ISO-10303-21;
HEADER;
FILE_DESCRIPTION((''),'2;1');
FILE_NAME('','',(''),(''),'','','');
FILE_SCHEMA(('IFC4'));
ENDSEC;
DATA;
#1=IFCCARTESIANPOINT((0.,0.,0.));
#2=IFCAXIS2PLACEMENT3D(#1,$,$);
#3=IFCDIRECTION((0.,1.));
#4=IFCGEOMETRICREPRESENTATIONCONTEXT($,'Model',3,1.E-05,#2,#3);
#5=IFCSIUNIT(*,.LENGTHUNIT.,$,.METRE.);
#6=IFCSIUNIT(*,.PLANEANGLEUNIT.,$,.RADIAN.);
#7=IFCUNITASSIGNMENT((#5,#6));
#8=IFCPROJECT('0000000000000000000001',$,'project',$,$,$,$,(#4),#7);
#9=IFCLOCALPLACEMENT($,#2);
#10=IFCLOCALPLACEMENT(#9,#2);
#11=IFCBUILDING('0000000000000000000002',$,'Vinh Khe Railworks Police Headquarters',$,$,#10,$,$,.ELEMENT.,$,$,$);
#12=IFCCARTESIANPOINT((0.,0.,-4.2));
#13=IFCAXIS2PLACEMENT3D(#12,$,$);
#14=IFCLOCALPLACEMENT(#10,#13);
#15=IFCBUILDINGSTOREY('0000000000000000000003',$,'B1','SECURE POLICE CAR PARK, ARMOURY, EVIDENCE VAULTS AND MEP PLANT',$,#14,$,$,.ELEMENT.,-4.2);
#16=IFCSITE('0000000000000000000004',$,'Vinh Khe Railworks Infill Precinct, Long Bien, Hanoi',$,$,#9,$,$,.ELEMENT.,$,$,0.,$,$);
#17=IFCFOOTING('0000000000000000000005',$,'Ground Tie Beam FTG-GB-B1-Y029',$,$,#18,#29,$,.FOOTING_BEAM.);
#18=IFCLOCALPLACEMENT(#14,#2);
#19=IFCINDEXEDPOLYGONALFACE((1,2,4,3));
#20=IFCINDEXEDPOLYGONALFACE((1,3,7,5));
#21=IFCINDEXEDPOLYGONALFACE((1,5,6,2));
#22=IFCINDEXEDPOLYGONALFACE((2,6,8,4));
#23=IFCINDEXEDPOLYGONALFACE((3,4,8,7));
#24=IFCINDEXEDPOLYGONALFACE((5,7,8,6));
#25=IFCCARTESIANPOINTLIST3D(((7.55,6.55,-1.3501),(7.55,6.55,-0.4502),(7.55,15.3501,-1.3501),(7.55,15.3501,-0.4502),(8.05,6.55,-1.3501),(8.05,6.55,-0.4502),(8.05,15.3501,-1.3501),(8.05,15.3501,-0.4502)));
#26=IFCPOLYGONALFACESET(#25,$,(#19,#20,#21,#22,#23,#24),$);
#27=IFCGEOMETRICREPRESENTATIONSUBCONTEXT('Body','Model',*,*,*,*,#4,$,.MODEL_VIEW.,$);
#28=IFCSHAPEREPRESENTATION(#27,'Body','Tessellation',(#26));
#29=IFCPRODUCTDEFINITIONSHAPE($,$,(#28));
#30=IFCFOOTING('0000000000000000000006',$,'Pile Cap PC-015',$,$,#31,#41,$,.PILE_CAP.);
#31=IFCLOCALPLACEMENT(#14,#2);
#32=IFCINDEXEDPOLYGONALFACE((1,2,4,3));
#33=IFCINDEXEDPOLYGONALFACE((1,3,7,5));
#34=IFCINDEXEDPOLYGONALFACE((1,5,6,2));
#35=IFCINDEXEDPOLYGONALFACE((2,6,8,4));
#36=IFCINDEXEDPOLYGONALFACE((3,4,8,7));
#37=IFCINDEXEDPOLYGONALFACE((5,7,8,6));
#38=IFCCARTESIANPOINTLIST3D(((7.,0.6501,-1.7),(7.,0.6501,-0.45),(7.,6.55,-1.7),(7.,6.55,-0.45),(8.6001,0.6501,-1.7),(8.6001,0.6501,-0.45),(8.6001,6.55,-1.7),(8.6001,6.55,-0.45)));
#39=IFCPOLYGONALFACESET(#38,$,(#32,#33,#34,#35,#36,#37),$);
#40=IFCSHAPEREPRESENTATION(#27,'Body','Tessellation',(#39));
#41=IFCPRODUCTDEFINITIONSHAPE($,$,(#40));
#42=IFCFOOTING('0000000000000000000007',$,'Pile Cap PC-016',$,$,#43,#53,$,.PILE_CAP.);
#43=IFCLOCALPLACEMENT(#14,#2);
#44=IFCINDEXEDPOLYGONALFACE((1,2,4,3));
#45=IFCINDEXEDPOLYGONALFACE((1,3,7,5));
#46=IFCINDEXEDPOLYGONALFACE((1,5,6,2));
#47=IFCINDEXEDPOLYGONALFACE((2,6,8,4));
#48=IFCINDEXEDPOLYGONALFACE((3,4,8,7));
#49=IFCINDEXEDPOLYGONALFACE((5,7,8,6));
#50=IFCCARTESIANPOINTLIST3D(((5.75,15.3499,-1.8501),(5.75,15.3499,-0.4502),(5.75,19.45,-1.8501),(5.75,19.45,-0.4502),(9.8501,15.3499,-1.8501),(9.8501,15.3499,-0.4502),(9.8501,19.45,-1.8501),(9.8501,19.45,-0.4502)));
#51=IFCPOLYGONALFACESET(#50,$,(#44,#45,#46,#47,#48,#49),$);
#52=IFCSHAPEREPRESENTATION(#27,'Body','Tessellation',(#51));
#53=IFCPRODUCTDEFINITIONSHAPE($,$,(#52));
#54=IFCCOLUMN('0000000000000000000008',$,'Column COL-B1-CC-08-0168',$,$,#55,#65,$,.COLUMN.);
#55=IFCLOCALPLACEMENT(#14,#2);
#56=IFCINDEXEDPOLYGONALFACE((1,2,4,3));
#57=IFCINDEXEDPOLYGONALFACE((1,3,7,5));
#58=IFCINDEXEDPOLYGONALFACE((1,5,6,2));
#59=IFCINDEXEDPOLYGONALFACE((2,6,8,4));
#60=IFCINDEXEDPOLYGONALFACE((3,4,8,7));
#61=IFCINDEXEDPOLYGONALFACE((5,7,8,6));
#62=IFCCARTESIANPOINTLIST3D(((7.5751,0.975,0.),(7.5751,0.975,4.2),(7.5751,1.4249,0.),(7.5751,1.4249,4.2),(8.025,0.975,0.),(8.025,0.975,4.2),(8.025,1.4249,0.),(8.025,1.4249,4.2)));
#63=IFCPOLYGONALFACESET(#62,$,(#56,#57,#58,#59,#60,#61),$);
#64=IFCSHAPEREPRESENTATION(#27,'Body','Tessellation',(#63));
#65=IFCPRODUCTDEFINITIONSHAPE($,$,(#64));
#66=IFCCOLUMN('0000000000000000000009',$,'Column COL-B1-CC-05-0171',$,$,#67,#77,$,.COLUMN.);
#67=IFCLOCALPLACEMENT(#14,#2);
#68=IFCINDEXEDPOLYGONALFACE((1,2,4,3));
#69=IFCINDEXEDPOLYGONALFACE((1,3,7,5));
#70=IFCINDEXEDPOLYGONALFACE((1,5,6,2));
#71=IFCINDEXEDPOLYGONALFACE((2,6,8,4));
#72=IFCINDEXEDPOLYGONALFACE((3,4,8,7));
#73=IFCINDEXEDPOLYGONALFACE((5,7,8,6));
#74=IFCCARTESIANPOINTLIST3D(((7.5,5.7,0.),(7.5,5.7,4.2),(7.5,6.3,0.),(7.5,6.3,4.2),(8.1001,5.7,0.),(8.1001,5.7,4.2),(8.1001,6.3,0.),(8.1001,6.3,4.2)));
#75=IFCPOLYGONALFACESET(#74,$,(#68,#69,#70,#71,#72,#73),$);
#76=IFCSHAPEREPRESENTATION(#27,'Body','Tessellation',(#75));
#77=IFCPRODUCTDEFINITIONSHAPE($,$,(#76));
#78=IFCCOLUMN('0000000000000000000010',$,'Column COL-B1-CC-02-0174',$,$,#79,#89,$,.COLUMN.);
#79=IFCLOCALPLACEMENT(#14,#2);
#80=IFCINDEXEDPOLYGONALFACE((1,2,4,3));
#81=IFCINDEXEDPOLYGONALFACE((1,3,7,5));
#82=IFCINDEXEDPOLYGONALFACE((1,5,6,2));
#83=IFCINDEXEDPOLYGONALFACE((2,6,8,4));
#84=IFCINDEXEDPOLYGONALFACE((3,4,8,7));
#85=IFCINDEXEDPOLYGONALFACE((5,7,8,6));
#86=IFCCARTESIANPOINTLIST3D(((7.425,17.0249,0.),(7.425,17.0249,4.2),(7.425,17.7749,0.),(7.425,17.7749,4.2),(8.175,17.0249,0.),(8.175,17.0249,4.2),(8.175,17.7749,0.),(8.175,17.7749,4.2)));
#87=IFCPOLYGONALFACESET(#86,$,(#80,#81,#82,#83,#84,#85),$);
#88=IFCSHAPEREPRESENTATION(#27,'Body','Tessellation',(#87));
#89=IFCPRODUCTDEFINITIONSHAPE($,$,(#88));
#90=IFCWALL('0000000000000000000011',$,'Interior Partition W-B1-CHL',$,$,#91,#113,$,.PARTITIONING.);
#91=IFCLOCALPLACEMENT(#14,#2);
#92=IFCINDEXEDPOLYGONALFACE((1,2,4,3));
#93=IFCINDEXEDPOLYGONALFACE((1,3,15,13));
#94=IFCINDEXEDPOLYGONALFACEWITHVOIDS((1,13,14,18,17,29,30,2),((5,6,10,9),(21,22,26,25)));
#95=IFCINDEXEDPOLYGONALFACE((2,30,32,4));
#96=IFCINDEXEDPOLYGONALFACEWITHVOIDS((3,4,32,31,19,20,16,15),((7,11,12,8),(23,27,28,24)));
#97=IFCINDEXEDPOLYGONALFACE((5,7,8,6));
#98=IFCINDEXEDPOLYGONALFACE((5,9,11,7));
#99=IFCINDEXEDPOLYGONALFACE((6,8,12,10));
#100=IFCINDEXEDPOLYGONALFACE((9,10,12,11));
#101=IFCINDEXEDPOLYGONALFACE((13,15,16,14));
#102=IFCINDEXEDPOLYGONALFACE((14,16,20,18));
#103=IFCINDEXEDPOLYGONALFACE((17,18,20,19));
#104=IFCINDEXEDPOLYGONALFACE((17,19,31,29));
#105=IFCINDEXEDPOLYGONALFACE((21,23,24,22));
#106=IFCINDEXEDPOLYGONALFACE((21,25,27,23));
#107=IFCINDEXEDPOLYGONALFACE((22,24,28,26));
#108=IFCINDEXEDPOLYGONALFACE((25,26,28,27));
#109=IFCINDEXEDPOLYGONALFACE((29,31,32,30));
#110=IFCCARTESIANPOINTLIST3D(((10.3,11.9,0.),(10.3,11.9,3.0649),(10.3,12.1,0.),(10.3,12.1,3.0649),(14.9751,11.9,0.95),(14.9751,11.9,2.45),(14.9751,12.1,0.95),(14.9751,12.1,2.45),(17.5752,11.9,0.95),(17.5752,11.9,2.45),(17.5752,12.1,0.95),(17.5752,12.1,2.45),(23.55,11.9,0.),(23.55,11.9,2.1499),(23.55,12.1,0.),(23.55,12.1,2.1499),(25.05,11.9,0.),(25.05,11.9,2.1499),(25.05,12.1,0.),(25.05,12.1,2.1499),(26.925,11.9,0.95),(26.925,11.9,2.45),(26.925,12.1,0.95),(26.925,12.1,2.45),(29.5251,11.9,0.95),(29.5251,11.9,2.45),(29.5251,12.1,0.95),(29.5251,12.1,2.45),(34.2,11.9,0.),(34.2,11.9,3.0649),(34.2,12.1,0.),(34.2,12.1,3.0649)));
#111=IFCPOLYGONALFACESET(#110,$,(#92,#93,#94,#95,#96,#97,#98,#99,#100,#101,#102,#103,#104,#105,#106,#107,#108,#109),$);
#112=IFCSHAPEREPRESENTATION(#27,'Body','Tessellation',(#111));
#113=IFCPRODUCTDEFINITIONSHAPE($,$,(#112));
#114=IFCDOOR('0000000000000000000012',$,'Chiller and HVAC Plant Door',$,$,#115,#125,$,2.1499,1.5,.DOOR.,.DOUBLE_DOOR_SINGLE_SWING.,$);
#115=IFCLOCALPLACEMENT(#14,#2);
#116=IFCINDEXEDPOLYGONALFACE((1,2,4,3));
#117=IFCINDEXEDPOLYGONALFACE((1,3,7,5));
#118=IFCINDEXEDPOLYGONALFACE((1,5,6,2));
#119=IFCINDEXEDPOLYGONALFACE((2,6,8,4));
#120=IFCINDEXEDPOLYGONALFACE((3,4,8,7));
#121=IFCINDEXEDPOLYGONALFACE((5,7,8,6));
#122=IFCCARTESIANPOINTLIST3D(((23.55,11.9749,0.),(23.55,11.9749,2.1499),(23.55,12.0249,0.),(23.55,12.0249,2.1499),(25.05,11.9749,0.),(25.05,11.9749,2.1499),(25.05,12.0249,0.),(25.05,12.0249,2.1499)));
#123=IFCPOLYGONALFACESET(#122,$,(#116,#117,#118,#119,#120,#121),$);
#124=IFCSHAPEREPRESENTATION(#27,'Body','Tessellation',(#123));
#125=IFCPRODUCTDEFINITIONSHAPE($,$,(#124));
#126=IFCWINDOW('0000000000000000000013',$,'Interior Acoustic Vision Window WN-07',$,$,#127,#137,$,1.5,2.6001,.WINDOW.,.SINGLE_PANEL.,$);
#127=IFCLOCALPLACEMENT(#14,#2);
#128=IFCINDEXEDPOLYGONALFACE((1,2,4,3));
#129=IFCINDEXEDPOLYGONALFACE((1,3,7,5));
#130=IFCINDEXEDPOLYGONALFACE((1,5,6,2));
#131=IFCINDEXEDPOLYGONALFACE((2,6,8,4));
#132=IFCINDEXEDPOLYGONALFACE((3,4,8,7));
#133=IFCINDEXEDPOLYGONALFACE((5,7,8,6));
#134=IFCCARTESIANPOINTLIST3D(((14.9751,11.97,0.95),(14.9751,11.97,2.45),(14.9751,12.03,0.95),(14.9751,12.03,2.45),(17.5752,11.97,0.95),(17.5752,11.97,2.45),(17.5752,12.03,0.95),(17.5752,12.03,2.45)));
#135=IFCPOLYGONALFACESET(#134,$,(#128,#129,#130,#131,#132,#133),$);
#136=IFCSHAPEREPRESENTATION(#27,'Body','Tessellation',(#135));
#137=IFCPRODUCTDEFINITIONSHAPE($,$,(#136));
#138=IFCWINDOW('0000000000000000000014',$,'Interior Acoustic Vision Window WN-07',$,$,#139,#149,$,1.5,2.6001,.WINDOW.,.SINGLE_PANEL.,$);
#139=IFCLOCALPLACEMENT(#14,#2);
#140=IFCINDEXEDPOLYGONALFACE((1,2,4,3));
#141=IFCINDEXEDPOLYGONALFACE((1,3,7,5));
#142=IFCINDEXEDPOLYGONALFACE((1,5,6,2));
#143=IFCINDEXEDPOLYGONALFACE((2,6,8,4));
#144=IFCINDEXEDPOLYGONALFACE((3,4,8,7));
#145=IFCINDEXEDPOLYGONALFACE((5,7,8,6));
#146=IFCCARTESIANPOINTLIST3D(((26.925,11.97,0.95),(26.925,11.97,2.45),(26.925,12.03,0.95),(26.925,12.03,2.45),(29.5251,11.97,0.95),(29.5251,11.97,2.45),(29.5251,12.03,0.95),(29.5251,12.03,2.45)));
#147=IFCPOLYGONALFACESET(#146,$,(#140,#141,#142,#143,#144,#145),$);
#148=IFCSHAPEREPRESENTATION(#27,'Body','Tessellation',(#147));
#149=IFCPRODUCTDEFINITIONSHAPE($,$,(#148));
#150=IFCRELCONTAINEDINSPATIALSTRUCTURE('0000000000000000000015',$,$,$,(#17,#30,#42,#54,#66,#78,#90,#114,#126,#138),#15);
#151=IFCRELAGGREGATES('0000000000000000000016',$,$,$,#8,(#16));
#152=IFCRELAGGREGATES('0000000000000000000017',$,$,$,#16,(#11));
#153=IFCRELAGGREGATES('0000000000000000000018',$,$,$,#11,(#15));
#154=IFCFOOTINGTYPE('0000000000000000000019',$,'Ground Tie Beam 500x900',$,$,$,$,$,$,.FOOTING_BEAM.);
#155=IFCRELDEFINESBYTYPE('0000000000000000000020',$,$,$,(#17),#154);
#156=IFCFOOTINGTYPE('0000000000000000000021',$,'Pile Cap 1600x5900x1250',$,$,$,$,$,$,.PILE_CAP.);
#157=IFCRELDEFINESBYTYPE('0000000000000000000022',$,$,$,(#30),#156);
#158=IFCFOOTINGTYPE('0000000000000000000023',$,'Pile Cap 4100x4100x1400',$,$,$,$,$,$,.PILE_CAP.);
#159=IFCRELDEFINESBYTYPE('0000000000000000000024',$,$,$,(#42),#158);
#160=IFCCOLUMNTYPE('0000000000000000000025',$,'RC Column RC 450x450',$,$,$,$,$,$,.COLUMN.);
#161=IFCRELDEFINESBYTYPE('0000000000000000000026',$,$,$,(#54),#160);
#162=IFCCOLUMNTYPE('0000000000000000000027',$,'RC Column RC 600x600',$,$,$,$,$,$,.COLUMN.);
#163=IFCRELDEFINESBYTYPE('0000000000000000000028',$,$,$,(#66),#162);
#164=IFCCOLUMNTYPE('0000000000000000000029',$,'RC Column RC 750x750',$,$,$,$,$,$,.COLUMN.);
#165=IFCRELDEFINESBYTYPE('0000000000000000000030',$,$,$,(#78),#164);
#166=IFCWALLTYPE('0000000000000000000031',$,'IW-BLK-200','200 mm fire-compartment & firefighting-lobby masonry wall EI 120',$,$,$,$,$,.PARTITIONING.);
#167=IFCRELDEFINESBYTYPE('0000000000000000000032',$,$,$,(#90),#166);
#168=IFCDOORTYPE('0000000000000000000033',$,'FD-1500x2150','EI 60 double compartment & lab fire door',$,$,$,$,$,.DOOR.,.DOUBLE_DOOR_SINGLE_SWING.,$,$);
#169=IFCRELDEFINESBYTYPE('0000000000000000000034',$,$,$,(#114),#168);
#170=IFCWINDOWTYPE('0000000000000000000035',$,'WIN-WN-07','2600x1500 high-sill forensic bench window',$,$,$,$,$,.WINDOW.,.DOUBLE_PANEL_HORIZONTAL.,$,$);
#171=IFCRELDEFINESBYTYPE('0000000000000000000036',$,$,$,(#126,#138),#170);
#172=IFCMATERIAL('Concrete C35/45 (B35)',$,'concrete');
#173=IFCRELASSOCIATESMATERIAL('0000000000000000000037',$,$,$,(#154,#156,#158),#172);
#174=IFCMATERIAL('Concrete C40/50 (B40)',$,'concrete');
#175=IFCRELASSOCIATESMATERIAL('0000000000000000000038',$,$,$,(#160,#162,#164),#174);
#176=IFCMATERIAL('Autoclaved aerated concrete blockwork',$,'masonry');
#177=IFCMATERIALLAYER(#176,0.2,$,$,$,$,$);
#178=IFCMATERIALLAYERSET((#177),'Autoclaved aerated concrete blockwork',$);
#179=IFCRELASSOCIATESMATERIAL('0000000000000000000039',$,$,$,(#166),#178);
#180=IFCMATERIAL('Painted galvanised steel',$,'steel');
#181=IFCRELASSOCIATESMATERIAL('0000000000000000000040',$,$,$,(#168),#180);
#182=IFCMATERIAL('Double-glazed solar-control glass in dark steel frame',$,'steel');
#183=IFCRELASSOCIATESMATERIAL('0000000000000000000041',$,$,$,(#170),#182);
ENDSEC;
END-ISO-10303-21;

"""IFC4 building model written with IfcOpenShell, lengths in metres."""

from ifc_helpers import new_model, si_unit, direction, frame, frame_2d, origin, origin_2d, place, context, subcontext, project, spatial, rectangle, extrude, material, layer, layer_set, material_profile, profile_set, type_object, element, fill, save


model = new_model("IFC4")

# Units and contexts
model_context = context("Model", 3, precision=1e-05, world=origin(), true_north=direction((0.0, 1.0)))
body_context = subcontext(model_context, "Body", "Model", "MODEL_VIEW")
ifc_project = project(units=[si_unit("LENGTHUNIT", "METRE"), si_unit("PLANEANGLEUNIT", "RADIAN")], contexts=[model_context])

# Site, building, storey
site_placement = place(None, origin())
site = spatial("IfcSite", under=ifc_project, at=site_placement, Name="Vinh Khe Railworks Infill Precinct, Long Bien, Hanoi", CompositionType="ELEMENT", RefElevation=0.0)
building_placement = place(site_placement, origin())
building = spatial("IfcBuilding", under=site, at=building_placement, Name="Vinh Khe Railworks Police Headquarters", CompositionType="ELEMENT")
storey_placement = place(building_placement, frame((0.0, 0.0, -4.2)))
storey = spatial("IfcBuildingStorey", under=building, at=storey_placement, Name="B1", Description="SECURE POLICE CAR PARK, ARMOURY, EVIDENCE VAULTS AND MEP PLANT", CompositionType="ELEMENT", Elevation=-4.2)

# Shared definitions
ifc_material_1 = material(Name="Concrete C35/45 (B35)", Category="concrete")

# Footings
ifc_material_profile_1 = material_profile(ifc_material_1, rectangle(XDim=0.5, YDim=0.8999, at=origin_2d()), Name="RC 500x900")
ifc_profile_set_1 = profile_set([ifc_material_profile_1], Name="Concrete C35/45 (B35)")
footing_type_1 = type_object("IfcFootingType", Name="Ground Tie Beam 500x900", PredefinedType="FOOTING_BEAM", material=ifc_profile_set_1)
footing_1_placement = place(storey_placement, frame((7.8, 6.55, -0.9001), z_axis=(0.0, 1.0, 0.0), x_axis=(-1.0, 0.0, 0.0)))
element("IfcFooting", 1, at=footing_1_placement, inside=storey, type_object=footing_type_1, Name="Ground Tie Beam FTG-GB-B1-Y029", PredefinedType="FOOTING_BEAM", context=body_context, shape_type="SweptSolid", body=[
    extrude(rectangle(XDim=0.5, YDim=0.8999, at=origin_2d()), origin(), (0.0, 0.0, 1.0), 8.8),
])
footing_type_2 = type_object("IfcFootingType", Name="Pile Cap 1600x5900x1250", PredefinedType="PILE_CAP", material=ifc_material_1)
footing_2_placement = place(storey_placement, frame((7.8, 3.6001, -1.7), z_axis=(0.0, 0.0, 1.0), x_axis=(1.0, 0.0, 0.0)))
element("IfcFooting", 2, at=footing_2_placement, inside=storey, type_object=footing_type_2, Name="Pile Cap PC-015", PredefinedType="PILE_CAP", context=body_context, shape_type="SweptSolid", body=[
    extrude(rectangle(XDim=1.6001, YDim=5.8999, at=origin_2d()), origin(), (0.0, 0.0, 1.0), 1.25),
])
footing_type_3 = type_object("IfcFootingType", Name="Pile Cap 4100x4100x1400", PredefinedType="PILE_CAP", material=ifc_material_1)
footing_3_placement = place(storey_placement, frame((7.8, 17.3999, -1.8501), z_axis=(0.0, 0.0, 1.0), x_axis=(1.0, 0.0, 0.0)))
element("IfcFooting", 3, at=footing_3_placement, inside=storey, type_object=footing_type_3, Name="Pile Cap PC-016", PredefinedType="PILE_CAP", context=body_context, shape_type="SweptSolid", body=[
    extrude(rectangle(XDim=4.1001, YDim=4.1001, at=origin_2d()), origin(), (0.0, 0.0, 1.0), 1.3999),
])

# Columns
ifc_material_2 = material(Name="Concrete C40/50 (B40)", Category="concrete")
ifc_material_profile_2 = material_profile(ifc_material_2, rectangle(XDim=0.45, YDim=0.45, at=origin_2d()), Name="RC 450x450")
ifc_profile_set_2 = profile_set([ifc_material_profile_2], Name="Concrete C40/50 (B40)")
column_type_1 = type_object("IfcColumnType", Name="RC Column RC 450x450", PredefinedType="COLUMN", material=ifc_profile_set_2)
column_1_placement = place(storey_placement, frame((7.8, 1.2, 0.0), z_axis=(0.0, 0.0, 1.0), x_axis=(1.0, 0.0, 0.0)))
element("IfcColumn", 4, at=column_1_placement, inside=storey, type_object=column_type_1, Name="Column COL-B1-CC-08-0168", PredefinedType="COLUMN", context=body_context, shape_type="SweptSolid", body=[
    extrude(rectangle(XDim=0.45, YDim=0.45, at=origin_2d()), origin(), (0.0, 0.0, 1.0), 4.2),
])
ifc_material_profile_3 = material_profile(ifc_material_2, rectangle(XDim=0.6001, YDim=0.6001, at=origin_2d()), Name="RC 600x600")
ifc_profile_set_3 = profile_set([ifc_material_profile_3], Name="Concrete C40/50 (B40)")
column_type_2 = type_object("IfcColumnType", Name="RC Column RC 600x600", PredefinedType="COLUMN", material=ifc_profile_set_3)
column_2_placement = place(storey_placement, frame((7.8, 6.0, 0.0), z_axis=(0.0, 0.0, 1.0), x_axis=(1.0, 0.0, 0.0)))
element("IfcColumn", 5, at=column_2_placement, inside=storey, type_object=column_type_2, Name="Column COL-B1-CC-05-0171", PredefinedType="COLUMN", context=body_context, shape_type="SweptSolid", body=[
    extrude(rectangle(XDim=0.6001, YDim=0.6001, at=origin_2d()), origin(), (0.0, 0.0, 1.0), 4.2),
])
ifc_material_profile_4 = material_profile(ifc_material_2, rectangle(XDim=0.75, YDim=0.75, at=origin_2d()), Name="RC 750x750")
ifc_profile_set_4 = profile_set([ifc_material_profile_4], Name="Concrete C40/50 (B40)")
column_type_3 = type_object("IfcColumnType", Name="RC Column RC 750x750", PredefinedType="COLUMN", material=ifc_profile_set_4)
column_3_placement = place(storey_placement, frame((7.8, 17.3999, 0.0), z_axis=(0.0, 0.0, 1.0), x_axis=(1.0, 0.0, 0.0)))
element("IfcColumn", 6, at=column_3_placement, inside=storey, type_object=column_type_3, Name="Column COL-B1-CC-02-0174", PredefinedType="COLUMN", context=body_context, shape_type="SweptSolid", body=[
    extrude(rectangle(XDim=0.75, YDim=0.75, at=origin_2d()), origin(), (0.0, 0.0, 1.0), 4.2),
])

# Wall, openings, door, windows
ifc_material_3 = material(Name="Autoclaved aerated concrete blockwork", Category="masonry")
ifc_layer = layer(ifc_material_3, 0.2)
ifc_layer_set = layer_set([ifc_layer], Name="Autoclaved aerated concrete blockwork")
wall_type = type_object("IfcWallType", Name="IW-BLK-200", Description="200 mm fire-compartment & firefighting-lobby masonry wall EI 120", PredefinedType="PARTITIONING", material=ifc_layer_set)
wall_placement = place(storey_placement, frame((10.3, 12.0, 0.0), z_axis=(0.0, 0.0, 1.0), x_axis=(1.0, 0.0, 0.0)))
wall = element("IfcWall", 7, at=wall_placement, inside=storey, type_object=wall_type, Name="Interior Partition W-B1-CHL", PredefinedType="PARTITIONING", context=body_context, shape_type="SweptSolid", body=[
    extrude(rectangle(XDim=23.8999, YDim=0.2, at=frame_2d((11.95, 0.0))), origin(), (0.0, 0.0, 1.0), 3.0649),
])
opening_1_placement = place(wall_placement, frame((13.25, 0.0, 0.0)))
opening_1 = element("IfcOpeningElement", 8, at=opening_1_placement, cuts=wall, PredefinedType="OPENING", context=body_context, shape_type="SweptSolid", body=[
    extrude(rectangle(XDim=1.5, YDim=2.1499, at=frame_2d((0.75, 1.075))), frame((0.0, 0.1147, 0.0), z_axis=(0.0, -1.0, 0.0), x_axis=(1.0, 0.0, 0.0)), (0.0, 0.0, 1.0), 0.2297),
])
opening_2_placement = place(wall_placement, frame((4.675, 0.0, 0.95)))
opening_2 = element("IfcOpeningElement", 9, at=opening_2_placement, cuts=wall, PredefinedType="OPENING", context=body_context, shape_type="SweptSolid", body=[
    extrude(rectangle(XDim=2.6001, YDim=1.5, at=frame_2d((1.3, 0.75))), frame((0.0, 0.1147, 0.0), z_axis=(0.0, -1.0, 0.0), x_axis=(1.0, 0.0, 0.0)), (0.0, 0.0, 1.0), 0.2297),
])
opening_3_placement = place(wall_placement, frame((16.625, 0.0, 0.95)))
opening_3 = element("IfcOpeningElement", 10, at=opening_3_placement, cuts=wall, PredefinedType="OPENING", context=body_context, shape_type="SweptSolid", body=[
    extrude(rectangle(XDim=2.6001, YDim=1.5, at=frame_2d((1.3, 0.75))), frame((0.0, 0.1147, 0.0), z_axis=(0.0, -1.0, 0.0), x_axis=(1.0, 0.0, 0.0)), (0.0, 0.0, 1.0), 0.2297),
])
ifc_material_4 = material(Name="Painted galvanised steel", Category="steel")
door_type = type_object("IfcDoorType", Name="FD-1500x2150", Description="EI 60 double compartment & lab fire door", OperationType="DOUBLE_DOOR_SINGLE_SWING", PredefinedType="DOOR", material=ifc_material_4)
door_placement = place(opening_1_placement, origin())
door = element("IfcDoor", 11, at=door_placement, inside=storey, type_object=door_type, Name="Chiller and HVAC Plant Door", OperationType="DOUBLE_DOOR_SINGLE_SWING", OverallHeight=2.1499, OverallWidth=1.5, PredefinedType="DOOR", context=body_context, shape_type="SweptSolid", body=[
    extrude(rectangle(XDim=1.5, YDim=2.1499, at=frame_2d((0.75, 1.075))), frame((0.0, 0.0249, 0.0), z_axis=(0.0, -1.0, 0.0), x_axis=(1.0, 0.0, 0.0)), (0.0, 0.0, 1.0), 0.05),
])
fill(opening_1, door)
ifc_material_5 = material(Name="Double-glazed solar-control glass in dark steel frame", Category="steel")
window_type = type_object("IfcWindowType", Name="WIN-WN-07", Description="2600x1500 high-sill forensic bench window", PartitioningType="DOUBLE_PANEL_HORIZONTAL", PredefinedType="WINDOW", material=ifc_material_5)
window_1_placement = place(opening_2_placement, origin())
window_1 = element("IfcWindow", 12, at=window_1_placement, inside=storey, type_object=window_type, Name="Interior Acoustic Vision Window WN-07", OverallHeight=1.5, OverallWidth=2.6001, PartitioningType="SINGLE_PANEL", PredefinedType="WINDOW", context=body_context, shape_type="SweptSolid", body=[
    extrude(rectangle(XDim=2.6001, YDim=1.5, at=frame_2d((1.3, 0.75))), frame((0.0, 0.03, 0.0), z_axis=(0.0, -1.0, 0.0), x_axis=(1.0, 0.0, 0.0)), (0.0, 0.0, 1.0), 0.0601),
])
fill(opening_2, window_1)
window_2_placement = place(opening_3_placement, origin())
window_2 = element("IfcWindow", 13, at=window_2_placement, inside=storey, type_object=window_type, Name="Interior Acoustic Vision Window WN-07", OverallHeight=1.5, OverallWidth=2.6001, PartitioningType="SINGLE_PANEL", PredefinedType="WINDOW", context=body_context, shape_type="SweptSolid", body=[
    extrude(rectangle(XDim=2.6001, YDim=1.5, at=frame_2d((1.3, 0.75))), frame((0.0, 0.03, 0.0), z_axis=(0.0, -1.0, 0.0), x_axis=(1.0, 0.0, 0.0)), (0.0, 0.0, 1.0), 0.0601),
])
fill(opening_3, window_2)

save(model, "model.ifc")
